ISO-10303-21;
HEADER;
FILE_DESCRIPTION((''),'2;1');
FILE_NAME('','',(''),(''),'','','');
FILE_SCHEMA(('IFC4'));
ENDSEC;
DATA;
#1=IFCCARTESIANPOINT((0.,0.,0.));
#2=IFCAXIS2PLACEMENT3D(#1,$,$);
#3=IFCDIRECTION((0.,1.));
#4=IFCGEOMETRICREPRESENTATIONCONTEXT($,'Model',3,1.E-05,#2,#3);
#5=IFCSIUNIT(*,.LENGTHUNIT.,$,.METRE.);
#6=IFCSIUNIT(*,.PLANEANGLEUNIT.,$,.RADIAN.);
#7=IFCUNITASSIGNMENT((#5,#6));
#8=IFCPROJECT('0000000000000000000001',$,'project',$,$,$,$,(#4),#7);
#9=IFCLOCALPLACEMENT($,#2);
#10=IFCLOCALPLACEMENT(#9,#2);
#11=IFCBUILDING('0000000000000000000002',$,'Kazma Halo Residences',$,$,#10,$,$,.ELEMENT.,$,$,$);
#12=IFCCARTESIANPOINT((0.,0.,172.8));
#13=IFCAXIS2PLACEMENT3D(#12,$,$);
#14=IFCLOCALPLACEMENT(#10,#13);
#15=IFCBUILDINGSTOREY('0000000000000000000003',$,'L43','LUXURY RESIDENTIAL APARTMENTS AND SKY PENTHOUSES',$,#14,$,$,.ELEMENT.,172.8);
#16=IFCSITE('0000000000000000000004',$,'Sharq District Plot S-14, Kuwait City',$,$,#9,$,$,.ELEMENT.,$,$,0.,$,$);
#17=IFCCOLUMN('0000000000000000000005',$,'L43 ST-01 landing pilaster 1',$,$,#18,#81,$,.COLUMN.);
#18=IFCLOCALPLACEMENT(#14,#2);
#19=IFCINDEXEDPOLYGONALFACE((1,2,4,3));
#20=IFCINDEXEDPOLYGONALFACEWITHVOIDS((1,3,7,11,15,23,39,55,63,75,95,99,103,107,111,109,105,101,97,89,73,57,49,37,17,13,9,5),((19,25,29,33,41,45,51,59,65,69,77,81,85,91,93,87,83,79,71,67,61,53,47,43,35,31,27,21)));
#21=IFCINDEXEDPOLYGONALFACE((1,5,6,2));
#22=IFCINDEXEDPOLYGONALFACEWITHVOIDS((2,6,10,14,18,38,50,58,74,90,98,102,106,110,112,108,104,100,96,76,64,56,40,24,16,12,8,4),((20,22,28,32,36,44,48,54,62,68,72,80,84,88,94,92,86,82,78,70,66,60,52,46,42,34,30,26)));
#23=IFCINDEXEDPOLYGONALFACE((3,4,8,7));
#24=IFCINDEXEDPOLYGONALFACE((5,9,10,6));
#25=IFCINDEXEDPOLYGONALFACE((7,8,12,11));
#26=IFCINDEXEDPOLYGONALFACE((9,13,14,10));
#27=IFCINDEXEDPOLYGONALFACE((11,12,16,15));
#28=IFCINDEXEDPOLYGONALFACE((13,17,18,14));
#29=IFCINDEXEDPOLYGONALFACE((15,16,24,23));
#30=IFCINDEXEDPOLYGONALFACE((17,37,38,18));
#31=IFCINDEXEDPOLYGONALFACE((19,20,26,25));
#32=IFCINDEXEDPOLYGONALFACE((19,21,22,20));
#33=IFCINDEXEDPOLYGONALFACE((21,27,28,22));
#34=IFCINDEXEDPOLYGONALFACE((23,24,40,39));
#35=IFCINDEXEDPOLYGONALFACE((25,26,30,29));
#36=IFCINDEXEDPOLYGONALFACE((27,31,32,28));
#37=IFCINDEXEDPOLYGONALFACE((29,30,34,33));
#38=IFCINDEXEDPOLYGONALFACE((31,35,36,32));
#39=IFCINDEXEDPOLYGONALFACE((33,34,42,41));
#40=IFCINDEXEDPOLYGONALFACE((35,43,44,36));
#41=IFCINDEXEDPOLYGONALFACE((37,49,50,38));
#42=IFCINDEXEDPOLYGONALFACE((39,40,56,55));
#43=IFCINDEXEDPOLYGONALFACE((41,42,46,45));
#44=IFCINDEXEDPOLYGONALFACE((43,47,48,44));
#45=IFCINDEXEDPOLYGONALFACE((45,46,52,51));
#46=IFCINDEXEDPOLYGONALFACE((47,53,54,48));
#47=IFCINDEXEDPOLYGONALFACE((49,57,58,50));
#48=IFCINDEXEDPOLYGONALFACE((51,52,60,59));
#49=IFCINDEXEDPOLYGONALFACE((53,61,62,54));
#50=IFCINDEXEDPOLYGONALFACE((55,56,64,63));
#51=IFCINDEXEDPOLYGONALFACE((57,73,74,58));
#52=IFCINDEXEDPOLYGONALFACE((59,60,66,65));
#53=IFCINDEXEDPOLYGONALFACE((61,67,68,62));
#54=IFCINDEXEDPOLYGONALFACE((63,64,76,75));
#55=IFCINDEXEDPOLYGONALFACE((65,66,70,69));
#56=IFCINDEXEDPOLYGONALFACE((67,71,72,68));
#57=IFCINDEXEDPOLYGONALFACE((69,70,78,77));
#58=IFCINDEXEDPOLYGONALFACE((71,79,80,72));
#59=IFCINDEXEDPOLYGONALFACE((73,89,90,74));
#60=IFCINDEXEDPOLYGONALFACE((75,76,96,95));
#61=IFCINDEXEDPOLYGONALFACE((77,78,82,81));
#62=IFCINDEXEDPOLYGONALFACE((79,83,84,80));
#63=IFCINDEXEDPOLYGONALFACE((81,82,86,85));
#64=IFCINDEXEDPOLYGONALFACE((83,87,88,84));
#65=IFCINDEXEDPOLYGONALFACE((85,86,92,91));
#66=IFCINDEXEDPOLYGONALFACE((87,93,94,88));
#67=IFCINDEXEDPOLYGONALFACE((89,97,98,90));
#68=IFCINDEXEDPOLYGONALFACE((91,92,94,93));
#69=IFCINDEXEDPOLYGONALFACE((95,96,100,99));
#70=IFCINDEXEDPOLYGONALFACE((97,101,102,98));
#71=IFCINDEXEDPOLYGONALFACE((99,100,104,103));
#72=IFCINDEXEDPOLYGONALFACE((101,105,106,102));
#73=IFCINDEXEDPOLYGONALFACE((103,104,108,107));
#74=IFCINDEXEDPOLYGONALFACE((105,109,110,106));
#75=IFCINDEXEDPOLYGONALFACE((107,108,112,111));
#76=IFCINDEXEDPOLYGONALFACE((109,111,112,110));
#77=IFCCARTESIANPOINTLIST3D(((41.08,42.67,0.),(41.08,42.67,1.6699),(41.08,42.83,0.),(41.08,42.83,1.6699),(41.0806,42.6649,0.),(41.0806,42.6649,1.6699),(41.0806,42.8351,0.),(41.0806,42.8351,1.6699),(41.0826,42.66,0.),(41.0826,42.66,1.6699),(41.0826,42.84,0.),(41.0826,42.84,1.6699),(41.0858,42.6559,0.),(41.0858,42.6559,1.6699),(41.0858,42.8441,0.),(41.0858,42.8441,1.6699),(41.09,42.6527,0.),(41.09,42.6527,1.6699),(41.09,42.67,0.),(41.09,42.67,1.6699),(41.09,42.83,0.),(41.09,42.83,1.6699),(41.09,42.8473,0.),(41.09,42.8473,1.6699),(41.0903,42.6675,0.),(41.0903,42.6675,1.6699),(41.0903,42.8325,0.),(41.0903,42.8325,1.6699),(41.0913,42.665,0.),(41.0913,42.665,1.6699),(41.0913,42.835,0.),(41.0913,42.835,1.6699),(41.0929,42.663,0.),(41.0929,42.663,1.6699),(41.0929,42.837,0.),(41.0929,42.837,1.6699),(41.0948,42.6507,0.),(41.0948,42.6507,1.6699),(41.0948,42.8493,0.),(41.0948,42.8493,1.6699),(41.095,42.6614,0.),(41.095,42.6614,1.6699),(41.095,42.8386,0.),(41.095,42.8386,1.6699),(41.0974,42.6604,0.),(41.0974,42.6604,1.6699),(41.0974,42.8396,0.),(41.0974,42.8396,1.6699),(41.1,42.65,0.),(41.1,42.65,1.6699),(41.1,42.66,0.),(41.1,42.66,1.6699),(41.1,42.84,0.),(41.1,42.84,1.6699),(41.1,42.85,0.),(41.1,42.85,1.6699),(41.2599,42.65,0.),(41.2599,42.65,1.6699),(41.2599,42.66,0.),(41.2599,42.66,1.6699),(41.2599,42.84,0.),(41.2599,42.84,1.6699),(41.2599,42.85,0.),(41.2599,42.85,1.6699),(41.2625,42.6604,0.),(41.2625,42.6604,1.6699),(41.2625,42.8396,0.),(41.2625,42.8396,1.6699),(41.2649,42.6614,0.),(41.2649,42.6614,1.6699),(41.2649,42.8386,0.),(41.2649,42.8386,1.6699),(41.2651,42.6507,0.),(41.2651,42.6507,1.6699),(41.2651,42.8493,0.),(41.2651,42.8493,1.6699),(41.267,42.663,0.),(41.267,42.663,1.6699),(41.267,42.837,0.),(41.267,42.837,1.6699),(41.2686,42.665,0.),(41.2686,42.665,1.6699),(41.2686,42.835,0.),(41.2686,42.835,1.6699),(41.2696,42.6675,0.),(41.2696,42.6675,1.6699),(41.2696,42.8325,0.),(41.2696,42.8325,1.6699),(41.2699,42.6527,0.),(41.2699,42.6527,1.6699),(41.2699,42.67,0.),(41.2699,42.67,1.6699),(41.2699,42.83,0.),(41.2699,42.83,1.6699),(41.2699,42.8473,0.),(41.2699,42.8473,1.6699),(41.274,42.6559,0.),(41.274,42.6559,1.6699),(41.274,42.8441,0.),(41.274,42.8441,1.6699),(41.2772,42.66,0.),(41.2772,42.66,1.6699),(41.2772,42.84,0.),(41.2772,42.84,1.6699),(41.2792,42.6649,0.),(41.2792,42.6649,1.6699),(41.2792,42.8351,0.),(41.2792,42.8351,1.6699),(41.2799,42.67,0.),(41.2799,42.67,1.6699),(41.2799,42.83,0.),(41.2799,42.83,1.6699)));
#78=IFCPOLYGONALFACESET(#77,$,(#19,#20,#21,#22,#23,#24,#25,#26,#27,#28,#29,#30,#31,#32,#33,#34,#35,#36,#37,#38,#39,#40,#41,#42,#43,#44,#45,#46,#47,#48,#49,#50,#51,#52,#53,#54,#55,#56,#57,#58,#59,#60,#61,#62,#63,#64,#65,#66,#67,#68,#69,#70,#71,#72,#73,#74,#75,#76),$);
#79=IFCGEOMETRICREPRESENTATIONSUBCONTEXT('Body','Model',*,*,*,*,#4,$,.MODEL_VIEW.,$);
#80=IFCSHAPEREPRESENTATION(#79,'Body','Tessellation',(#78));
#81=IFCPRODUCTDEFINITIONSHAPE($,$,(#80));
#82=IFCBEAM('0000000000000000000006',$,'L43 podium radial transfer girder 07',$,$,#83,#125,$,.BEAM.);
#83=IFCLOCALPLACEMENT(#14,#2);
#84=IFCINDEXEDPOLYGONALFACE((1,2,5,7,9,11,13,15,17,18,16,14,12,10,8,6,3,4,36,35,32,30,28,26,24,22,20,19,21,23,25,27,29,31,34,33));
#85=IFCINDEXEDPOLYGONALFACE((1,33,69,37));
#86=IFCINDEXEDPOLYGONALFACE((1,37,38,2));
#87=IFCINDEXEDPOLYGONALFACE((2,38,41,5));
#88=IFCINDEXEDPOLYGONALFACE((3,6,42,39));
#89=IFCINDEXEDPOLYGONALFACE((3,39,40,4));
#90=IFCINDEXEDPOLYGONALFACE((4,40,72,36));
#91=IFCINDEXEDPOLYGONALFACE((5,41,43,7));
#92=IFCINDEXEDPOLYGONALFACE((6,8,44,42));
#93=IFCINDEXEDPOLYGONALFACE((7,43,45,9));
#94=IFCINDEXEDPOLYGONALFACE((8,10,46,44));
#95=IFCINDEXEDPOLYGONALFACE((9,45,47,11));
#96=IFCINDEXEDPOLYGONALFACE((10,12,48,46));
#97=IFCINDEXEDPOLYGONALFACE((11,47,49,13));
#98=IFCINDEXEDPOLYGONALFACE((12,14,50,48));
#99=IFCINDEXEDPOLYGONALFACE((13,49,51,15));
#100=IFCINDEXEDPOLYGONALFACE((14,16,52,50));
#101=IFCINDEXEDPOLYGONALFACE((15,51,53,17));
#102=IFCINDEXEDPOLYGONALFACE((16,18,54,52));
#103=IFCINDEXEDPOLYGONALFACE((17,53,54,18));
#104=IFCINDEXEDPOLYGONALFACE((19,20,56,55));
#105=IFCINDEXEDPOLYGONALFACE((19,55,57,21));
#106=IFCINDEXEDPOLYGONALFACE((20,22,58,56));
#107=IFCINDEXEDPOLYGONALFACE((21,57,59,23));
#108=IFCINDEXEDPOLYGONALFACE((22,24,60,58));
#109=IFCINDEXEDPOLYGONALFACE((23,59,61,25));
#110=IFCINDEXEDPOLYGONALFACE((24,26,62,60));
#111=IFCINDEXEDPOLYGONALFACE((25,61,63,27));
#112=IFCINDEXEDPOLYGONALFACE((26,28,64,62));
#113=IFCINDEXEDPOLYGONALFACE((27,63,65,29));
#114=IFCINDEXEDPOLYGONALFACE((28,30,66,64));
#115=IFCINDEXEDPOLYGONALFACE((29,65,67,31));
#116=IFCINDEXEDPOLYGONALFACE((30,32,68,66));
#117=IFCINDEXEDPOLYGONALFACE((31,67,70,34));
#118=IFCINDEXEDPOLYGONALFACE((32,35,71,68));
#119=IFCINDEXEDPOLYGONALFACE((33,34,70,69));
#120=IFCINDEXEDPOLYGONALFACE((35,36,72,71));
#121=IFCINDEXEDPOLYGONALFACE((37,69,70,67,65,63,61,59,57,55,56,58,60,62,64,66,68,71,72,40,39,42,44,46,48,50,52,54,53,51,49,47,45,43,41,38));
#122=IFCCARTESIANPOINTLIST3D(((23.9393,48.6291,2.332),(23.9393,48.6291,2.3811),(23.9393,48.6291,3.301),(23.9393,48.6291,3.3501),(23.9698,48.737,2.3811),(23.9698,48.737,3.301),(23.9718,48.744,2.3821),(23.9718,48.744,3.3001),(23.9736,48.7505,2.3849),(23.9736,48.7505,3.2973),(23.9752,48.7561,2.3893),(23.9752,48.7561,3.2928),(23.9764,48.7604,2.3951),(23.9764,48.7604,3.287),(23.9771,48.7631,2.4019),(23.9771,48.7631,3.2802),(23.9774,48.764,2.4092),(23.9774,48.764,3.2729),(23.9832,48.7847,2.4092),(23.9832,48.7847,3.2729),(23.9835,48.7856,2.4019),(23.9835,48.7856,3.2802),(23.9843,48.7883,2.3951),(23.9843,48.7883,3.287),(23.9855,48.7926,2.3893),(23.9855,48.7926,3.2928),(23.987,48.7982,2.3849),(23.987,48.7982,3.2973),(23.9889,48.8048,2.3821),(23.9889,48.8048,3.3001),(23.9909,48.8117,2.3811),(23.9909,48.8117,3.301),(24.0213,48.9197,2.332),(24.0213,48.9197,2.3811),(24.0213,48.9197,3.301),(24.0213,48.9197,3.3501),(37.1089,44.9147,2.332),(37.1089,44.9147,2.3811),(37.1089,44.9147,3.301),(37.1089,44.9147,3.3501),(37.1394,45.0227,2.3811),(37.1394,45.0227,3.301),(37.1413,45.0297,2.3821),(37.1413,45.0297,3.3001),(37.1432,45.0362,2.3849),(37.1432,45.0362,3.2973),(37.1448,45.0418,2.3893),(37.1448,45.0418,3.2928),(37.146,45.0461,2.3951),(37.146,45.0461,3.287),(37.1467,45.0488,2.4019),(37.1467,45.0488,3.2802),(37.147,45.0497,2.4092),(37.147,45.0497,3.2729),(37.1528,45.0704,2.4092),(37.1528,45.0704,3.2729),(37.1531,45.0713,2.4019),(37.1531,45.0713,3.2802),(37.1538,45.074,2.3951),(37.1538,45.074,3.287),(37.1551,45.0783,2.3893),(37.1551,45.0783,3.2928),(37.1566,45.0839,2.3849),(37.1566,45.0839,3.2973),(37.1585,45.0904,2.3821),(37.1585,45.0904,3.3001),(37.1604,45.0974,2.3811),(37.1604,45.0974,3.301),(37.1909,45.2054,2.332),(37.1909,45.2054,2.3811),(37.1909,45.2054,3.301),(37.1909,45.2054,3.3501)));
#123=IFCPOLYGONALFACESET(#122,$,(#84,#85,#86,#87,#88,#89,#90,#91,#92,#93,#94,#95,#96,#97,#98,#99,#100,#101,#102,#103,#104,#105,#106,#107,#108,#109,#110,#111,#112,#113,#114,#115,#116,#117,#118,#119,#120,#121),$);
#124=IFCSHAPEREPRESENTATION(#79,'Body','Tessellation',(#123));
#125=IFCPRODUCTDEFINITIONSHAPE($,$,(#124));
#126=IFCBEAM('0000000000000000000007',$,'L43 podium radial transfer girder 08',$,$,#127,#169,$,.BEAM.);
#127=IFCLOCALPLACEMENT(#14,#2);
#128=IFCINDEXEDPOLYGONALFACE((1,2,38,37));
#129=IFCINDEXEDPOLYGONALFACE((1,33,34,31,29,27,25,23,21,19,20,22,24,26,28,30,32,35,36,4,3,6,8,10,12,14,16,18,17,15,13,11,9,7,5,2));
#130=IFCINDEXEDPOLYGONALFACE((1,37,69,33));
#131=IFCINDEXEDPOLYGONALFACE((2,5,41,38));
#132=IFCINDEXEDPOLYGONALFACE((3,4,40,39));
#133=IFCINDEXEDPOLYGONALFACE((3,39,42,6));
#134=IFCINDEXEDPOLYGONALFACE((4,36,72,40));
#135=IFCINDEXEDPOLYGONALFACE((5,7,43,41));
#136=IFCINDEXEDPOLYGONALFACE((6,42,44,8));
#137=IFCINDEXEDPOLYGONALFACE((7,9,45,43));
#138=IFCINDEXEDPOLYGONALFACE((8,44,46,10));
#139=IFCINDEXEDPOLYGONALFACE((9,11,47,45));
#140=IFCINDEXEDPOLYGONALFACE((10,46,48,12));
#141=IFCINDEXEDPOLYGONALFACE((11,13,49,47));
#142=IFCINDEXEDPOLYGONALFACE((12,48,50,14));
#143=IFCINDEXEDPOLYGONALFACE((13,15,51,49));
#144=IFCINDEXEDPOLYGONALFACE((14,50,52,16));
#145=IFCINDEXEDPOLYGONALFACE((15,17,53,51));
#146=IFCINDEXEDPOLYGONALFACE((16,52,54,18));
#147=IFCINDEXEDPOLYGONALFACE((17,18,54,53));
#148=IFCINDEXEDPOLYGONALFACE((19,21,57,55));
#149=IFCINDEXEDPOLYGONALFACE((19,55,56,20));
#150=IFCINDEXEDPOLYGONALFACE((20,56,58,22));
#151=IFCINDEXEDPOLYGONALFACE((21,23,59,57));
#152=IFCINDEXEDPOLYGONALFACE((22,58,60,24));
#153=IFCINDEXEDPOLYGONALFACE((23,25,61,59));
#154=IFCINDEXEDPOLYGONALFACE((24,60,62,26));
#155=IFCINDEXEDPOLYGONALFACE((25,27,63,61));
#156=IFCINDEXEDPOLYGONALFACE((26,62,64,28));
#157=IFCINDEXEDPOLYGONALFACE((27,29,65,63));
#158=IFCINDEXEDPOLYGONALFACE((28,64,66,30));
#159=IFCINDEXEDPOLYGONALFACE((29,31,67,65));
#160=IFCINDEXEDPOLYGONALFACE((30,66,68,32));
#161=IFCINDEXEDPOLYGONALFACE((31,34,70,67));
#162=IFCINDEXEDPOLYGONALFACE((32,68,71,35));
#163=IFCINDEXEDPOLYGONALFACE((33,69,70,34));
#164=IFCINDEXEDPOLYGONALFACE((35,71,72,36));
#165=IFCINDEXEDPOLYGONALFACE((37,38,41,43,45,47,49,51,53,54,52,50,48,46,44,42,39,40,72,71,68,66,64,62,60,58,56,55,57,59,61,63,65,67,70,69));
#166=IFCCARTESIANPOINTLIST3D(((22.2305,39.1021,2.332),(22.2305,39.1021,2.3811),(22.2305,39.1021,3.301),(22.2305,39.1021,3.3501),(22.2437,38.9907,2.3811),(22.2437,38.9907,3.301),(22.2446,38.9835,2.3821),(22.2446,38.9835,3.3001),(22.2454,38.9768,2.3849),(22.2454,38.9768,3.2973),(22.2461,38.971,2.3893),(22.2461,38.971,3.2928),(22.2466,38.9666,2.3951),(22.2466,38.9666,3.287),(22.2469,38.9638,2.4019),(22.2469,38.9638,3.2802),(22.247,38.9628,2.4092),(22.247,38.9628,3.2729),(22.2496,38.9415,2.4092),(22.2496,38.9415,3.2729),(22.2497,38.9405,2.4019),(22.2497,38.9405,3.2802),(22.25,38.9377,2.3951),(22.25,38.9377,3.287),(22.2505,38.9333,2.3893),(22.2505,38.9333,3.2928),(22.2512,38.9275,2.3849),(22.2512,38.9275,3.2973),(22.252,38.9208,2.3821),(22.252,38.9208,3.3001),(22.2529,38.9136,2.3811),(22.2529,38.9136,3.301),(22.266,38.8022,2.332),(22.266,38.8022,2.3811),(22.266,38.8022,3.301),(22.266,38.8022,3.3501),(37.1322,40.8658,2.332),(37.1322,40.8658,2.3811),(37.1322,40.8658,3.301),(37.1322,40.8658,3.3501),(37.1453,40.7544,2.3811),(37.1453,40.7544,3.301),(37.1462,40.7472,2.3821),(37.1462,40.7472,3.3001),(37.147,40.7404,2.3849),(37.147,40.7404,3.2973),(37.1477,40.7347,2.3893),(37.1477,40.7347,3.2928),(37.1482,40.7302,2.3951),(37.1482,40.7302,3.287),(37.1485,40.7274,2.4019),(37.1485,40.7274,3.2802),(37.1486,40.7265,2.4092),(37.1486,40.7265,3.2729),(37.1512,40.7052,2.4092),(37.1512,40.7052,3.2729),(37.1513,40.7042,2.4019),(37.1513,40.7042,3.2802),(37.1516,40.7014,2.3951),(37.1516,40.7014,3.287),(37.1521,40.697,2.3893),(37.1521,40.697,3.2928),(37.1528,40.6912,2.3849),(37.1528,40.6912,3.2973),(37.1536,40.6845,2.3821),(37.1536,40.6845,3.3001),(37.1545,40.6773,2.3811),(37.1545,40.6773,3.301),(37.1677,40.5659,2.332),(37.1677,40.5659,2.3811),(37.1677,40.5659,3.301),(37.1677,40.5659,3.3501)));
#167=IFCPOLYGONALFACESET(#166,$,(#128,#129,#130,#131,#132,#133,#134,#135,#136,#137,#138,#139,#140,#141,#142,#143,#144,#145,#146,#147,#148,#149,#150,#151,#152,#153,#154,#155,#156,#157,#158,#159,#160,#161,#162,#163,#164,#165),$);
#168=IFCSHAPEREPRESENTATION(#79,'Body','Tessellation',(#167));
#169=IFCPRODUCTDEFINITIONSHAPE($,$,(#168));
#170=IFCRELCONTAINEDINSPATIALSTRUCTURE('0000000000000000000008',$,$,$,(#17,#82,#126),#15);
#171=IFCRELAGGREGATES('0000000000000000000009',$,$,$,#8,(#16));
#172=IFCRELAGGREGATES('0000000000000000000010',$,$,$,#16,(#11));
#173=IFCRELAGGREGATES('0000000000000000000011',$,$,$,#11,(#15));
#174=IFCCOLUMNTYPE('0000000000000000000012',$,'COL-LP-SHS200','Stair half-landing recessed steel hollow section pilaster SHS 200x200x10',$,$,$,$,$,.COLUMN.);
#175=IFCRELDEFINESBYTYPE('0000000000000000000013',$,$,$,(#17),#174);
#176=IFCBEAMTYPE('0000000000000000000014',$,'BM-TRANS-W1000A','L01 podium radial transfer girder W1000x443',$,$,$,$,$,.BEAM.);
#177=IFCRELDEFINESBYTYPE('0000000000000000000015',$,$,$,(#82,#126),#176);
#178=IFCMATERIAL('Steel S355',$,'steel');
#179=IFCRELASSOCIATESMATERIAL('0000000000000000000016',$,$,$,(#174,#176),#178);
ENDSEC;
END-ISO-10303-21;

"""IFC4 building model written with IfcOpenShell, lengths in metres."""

from ifc_helpers import new_model, si_unit, direction, frame, origin, origin_2d, place, context, subcontext, project, spatial, hollow_rectangle, i_section, extrude, material, material_profile, profile_set, type_object, element, save


model = new_model("IFC4")

# Units and contexts
model_context = context("Model", 3, precision=1e-05, world=origin(), true_north=direction((0.0, 1.0)))
body_context = subcontext(model_context, "Body", "Model", "MODEL_VIEW")
ifc_project = project(units=[si_unit("LENGTHUNIT", "METRE"), si_unit("PLANEANGLEUNIT", "RADIAN")], contexts=[model_context])

# Site, building, storey
site_placement = place(None, origin())
site = spatial("IfcSite", under=ifc_project, at=site_placement, Name="Sharq District Plot S-14, Kuwait City", CompositionType="ELEMENT", RefElevation=0.0)
building_placement = place(site_placement, origin())
building = spatial("IfcBuilding", under=site, at=building_placement, Name="Kazma Halo Residences", CompositionType="ELEMENT")
storey_placement = place(building_placement, frame((0.0, 0.0, 172.8)))
storey = spatial("IfcBuildingStorey", under=building, at=storey_placement, Name="L43", Description="LUXURY RESIDENTIAL APARTMENTS AND SKY PENTHOUSES", CompositionType="ELEMENT", Elevation=172.8)

# Column
ifc_material_1 = material(Name="Steel S355", Category="steel")
ifc_material_profile_1 = material_profile(ifc_material_1, hollow_rectangle(XDim=0.2, YDim=0.2, WallThickness=0.01, InnerFilletRadius=0.01, OuterFilletRadius=0.02, at=origin_2d()), Name="SHS200x200x10")
ifc_profile_set_1 = profile_set([ifc_material_profile_1], Name="Steel S355")
column_type = type_object("IfcColumnType", Name="COL-LP-SHS200", Description="Stair half-landing recessed steel hollow section pilaster SHS 200x200x10", PredefinedType="COLUMN", material=ifc_profile_set_1)
column_placement = place(storey_placement, frame((41.1799, 42.75, 0.0), z_axis=(0.0, 0.0, 1.0), x_axis=(1.0, 0.0, 0.0)))
element("IfcColumn", 1, at=column_placement, inside=storey, type_object=column_type, Name="L43 ST-01 landing pilaster 1", PredefinedType="COLUMN", context=body_context, shape_type="SweptSolid", body=[
    extrude(hollow_rectangle(XDim=0.2, YDim=0.2, WallThickness=0.01, InnerFilletRadius=0.01, OuterFilletRadius=0.02, at=origin_2d()), origin(), (0.0, 0.0, 1.0), 1.6699),
])

# Beams
ifc_material_profile_2 = material_profile(ifc_material_1, i_section(OverallWidth=0.302, OverallDepth=1.0181, WebThickness=0.0215, FlangeThickness=0.0491, FilletRadius=0.0281, at=origin_2d()), Name="W1000x443")
ifc_profile_set_2 = profile_set([ifc_material_profile_2], Name="Steel S355")
beam_type_1 = type_object("IfcBeamType", Name="BM-TRANS-W1000A", Description="L01 podium radial transfer girder W1000x443", PredefinedType="BEAM", material=ifc_profile_set_2)
beam_1_placement = place(storey_placement, frame((37.1499, 45.0601, 2.8411), z_axis=(-0.962453, 0.271449, 0.0), x_axis=(-0.271449, -0.962453, 0.0)))
element("IfcBeam", 2, at=beam_1_placement, inside=storey, type_object=beam_type_1, Name="L43 podium radial transfer girder 07", PredefinedType="BEAM", context=body_context, shape_type="SweptSolid", body=[
    extrude(i_section(OverallWidth=0.302, OverallDepth=1.0181, WebThickness=0.0215, FlangeThickness=0.0491, FilletRadius=0.0281, at=origin_2d()), origin(), (0.0, 0.0, 1.0), 13.6833),
])
beam_2_placement = place(storey_placement, frame((37.1499, 40.7158, 2.8411), z_axis=(-0.993069, -0.117534, 0.0), x_axis=(0.117534, -0.993069, 0.0)))
element("IfcBeam", 3, at=beam_2_placement, inside=storey, type_object=beam_type_1, Name="L43 podium radial transfer girder 08", PredefinedType="BEAM", context=body_context, shape_type="SweptSolid", body=[
    extrude(i_section(OverallWidth=0.302, OverallDepth=1.0181, WebThickness=0.0215, FlangeThickness=0.0491, FilletRadius=0.0281, at=origin_2d()), origin(), (0.0, 0.0, 1.0), 15.0056),
])

save(model, "model.ifc")
